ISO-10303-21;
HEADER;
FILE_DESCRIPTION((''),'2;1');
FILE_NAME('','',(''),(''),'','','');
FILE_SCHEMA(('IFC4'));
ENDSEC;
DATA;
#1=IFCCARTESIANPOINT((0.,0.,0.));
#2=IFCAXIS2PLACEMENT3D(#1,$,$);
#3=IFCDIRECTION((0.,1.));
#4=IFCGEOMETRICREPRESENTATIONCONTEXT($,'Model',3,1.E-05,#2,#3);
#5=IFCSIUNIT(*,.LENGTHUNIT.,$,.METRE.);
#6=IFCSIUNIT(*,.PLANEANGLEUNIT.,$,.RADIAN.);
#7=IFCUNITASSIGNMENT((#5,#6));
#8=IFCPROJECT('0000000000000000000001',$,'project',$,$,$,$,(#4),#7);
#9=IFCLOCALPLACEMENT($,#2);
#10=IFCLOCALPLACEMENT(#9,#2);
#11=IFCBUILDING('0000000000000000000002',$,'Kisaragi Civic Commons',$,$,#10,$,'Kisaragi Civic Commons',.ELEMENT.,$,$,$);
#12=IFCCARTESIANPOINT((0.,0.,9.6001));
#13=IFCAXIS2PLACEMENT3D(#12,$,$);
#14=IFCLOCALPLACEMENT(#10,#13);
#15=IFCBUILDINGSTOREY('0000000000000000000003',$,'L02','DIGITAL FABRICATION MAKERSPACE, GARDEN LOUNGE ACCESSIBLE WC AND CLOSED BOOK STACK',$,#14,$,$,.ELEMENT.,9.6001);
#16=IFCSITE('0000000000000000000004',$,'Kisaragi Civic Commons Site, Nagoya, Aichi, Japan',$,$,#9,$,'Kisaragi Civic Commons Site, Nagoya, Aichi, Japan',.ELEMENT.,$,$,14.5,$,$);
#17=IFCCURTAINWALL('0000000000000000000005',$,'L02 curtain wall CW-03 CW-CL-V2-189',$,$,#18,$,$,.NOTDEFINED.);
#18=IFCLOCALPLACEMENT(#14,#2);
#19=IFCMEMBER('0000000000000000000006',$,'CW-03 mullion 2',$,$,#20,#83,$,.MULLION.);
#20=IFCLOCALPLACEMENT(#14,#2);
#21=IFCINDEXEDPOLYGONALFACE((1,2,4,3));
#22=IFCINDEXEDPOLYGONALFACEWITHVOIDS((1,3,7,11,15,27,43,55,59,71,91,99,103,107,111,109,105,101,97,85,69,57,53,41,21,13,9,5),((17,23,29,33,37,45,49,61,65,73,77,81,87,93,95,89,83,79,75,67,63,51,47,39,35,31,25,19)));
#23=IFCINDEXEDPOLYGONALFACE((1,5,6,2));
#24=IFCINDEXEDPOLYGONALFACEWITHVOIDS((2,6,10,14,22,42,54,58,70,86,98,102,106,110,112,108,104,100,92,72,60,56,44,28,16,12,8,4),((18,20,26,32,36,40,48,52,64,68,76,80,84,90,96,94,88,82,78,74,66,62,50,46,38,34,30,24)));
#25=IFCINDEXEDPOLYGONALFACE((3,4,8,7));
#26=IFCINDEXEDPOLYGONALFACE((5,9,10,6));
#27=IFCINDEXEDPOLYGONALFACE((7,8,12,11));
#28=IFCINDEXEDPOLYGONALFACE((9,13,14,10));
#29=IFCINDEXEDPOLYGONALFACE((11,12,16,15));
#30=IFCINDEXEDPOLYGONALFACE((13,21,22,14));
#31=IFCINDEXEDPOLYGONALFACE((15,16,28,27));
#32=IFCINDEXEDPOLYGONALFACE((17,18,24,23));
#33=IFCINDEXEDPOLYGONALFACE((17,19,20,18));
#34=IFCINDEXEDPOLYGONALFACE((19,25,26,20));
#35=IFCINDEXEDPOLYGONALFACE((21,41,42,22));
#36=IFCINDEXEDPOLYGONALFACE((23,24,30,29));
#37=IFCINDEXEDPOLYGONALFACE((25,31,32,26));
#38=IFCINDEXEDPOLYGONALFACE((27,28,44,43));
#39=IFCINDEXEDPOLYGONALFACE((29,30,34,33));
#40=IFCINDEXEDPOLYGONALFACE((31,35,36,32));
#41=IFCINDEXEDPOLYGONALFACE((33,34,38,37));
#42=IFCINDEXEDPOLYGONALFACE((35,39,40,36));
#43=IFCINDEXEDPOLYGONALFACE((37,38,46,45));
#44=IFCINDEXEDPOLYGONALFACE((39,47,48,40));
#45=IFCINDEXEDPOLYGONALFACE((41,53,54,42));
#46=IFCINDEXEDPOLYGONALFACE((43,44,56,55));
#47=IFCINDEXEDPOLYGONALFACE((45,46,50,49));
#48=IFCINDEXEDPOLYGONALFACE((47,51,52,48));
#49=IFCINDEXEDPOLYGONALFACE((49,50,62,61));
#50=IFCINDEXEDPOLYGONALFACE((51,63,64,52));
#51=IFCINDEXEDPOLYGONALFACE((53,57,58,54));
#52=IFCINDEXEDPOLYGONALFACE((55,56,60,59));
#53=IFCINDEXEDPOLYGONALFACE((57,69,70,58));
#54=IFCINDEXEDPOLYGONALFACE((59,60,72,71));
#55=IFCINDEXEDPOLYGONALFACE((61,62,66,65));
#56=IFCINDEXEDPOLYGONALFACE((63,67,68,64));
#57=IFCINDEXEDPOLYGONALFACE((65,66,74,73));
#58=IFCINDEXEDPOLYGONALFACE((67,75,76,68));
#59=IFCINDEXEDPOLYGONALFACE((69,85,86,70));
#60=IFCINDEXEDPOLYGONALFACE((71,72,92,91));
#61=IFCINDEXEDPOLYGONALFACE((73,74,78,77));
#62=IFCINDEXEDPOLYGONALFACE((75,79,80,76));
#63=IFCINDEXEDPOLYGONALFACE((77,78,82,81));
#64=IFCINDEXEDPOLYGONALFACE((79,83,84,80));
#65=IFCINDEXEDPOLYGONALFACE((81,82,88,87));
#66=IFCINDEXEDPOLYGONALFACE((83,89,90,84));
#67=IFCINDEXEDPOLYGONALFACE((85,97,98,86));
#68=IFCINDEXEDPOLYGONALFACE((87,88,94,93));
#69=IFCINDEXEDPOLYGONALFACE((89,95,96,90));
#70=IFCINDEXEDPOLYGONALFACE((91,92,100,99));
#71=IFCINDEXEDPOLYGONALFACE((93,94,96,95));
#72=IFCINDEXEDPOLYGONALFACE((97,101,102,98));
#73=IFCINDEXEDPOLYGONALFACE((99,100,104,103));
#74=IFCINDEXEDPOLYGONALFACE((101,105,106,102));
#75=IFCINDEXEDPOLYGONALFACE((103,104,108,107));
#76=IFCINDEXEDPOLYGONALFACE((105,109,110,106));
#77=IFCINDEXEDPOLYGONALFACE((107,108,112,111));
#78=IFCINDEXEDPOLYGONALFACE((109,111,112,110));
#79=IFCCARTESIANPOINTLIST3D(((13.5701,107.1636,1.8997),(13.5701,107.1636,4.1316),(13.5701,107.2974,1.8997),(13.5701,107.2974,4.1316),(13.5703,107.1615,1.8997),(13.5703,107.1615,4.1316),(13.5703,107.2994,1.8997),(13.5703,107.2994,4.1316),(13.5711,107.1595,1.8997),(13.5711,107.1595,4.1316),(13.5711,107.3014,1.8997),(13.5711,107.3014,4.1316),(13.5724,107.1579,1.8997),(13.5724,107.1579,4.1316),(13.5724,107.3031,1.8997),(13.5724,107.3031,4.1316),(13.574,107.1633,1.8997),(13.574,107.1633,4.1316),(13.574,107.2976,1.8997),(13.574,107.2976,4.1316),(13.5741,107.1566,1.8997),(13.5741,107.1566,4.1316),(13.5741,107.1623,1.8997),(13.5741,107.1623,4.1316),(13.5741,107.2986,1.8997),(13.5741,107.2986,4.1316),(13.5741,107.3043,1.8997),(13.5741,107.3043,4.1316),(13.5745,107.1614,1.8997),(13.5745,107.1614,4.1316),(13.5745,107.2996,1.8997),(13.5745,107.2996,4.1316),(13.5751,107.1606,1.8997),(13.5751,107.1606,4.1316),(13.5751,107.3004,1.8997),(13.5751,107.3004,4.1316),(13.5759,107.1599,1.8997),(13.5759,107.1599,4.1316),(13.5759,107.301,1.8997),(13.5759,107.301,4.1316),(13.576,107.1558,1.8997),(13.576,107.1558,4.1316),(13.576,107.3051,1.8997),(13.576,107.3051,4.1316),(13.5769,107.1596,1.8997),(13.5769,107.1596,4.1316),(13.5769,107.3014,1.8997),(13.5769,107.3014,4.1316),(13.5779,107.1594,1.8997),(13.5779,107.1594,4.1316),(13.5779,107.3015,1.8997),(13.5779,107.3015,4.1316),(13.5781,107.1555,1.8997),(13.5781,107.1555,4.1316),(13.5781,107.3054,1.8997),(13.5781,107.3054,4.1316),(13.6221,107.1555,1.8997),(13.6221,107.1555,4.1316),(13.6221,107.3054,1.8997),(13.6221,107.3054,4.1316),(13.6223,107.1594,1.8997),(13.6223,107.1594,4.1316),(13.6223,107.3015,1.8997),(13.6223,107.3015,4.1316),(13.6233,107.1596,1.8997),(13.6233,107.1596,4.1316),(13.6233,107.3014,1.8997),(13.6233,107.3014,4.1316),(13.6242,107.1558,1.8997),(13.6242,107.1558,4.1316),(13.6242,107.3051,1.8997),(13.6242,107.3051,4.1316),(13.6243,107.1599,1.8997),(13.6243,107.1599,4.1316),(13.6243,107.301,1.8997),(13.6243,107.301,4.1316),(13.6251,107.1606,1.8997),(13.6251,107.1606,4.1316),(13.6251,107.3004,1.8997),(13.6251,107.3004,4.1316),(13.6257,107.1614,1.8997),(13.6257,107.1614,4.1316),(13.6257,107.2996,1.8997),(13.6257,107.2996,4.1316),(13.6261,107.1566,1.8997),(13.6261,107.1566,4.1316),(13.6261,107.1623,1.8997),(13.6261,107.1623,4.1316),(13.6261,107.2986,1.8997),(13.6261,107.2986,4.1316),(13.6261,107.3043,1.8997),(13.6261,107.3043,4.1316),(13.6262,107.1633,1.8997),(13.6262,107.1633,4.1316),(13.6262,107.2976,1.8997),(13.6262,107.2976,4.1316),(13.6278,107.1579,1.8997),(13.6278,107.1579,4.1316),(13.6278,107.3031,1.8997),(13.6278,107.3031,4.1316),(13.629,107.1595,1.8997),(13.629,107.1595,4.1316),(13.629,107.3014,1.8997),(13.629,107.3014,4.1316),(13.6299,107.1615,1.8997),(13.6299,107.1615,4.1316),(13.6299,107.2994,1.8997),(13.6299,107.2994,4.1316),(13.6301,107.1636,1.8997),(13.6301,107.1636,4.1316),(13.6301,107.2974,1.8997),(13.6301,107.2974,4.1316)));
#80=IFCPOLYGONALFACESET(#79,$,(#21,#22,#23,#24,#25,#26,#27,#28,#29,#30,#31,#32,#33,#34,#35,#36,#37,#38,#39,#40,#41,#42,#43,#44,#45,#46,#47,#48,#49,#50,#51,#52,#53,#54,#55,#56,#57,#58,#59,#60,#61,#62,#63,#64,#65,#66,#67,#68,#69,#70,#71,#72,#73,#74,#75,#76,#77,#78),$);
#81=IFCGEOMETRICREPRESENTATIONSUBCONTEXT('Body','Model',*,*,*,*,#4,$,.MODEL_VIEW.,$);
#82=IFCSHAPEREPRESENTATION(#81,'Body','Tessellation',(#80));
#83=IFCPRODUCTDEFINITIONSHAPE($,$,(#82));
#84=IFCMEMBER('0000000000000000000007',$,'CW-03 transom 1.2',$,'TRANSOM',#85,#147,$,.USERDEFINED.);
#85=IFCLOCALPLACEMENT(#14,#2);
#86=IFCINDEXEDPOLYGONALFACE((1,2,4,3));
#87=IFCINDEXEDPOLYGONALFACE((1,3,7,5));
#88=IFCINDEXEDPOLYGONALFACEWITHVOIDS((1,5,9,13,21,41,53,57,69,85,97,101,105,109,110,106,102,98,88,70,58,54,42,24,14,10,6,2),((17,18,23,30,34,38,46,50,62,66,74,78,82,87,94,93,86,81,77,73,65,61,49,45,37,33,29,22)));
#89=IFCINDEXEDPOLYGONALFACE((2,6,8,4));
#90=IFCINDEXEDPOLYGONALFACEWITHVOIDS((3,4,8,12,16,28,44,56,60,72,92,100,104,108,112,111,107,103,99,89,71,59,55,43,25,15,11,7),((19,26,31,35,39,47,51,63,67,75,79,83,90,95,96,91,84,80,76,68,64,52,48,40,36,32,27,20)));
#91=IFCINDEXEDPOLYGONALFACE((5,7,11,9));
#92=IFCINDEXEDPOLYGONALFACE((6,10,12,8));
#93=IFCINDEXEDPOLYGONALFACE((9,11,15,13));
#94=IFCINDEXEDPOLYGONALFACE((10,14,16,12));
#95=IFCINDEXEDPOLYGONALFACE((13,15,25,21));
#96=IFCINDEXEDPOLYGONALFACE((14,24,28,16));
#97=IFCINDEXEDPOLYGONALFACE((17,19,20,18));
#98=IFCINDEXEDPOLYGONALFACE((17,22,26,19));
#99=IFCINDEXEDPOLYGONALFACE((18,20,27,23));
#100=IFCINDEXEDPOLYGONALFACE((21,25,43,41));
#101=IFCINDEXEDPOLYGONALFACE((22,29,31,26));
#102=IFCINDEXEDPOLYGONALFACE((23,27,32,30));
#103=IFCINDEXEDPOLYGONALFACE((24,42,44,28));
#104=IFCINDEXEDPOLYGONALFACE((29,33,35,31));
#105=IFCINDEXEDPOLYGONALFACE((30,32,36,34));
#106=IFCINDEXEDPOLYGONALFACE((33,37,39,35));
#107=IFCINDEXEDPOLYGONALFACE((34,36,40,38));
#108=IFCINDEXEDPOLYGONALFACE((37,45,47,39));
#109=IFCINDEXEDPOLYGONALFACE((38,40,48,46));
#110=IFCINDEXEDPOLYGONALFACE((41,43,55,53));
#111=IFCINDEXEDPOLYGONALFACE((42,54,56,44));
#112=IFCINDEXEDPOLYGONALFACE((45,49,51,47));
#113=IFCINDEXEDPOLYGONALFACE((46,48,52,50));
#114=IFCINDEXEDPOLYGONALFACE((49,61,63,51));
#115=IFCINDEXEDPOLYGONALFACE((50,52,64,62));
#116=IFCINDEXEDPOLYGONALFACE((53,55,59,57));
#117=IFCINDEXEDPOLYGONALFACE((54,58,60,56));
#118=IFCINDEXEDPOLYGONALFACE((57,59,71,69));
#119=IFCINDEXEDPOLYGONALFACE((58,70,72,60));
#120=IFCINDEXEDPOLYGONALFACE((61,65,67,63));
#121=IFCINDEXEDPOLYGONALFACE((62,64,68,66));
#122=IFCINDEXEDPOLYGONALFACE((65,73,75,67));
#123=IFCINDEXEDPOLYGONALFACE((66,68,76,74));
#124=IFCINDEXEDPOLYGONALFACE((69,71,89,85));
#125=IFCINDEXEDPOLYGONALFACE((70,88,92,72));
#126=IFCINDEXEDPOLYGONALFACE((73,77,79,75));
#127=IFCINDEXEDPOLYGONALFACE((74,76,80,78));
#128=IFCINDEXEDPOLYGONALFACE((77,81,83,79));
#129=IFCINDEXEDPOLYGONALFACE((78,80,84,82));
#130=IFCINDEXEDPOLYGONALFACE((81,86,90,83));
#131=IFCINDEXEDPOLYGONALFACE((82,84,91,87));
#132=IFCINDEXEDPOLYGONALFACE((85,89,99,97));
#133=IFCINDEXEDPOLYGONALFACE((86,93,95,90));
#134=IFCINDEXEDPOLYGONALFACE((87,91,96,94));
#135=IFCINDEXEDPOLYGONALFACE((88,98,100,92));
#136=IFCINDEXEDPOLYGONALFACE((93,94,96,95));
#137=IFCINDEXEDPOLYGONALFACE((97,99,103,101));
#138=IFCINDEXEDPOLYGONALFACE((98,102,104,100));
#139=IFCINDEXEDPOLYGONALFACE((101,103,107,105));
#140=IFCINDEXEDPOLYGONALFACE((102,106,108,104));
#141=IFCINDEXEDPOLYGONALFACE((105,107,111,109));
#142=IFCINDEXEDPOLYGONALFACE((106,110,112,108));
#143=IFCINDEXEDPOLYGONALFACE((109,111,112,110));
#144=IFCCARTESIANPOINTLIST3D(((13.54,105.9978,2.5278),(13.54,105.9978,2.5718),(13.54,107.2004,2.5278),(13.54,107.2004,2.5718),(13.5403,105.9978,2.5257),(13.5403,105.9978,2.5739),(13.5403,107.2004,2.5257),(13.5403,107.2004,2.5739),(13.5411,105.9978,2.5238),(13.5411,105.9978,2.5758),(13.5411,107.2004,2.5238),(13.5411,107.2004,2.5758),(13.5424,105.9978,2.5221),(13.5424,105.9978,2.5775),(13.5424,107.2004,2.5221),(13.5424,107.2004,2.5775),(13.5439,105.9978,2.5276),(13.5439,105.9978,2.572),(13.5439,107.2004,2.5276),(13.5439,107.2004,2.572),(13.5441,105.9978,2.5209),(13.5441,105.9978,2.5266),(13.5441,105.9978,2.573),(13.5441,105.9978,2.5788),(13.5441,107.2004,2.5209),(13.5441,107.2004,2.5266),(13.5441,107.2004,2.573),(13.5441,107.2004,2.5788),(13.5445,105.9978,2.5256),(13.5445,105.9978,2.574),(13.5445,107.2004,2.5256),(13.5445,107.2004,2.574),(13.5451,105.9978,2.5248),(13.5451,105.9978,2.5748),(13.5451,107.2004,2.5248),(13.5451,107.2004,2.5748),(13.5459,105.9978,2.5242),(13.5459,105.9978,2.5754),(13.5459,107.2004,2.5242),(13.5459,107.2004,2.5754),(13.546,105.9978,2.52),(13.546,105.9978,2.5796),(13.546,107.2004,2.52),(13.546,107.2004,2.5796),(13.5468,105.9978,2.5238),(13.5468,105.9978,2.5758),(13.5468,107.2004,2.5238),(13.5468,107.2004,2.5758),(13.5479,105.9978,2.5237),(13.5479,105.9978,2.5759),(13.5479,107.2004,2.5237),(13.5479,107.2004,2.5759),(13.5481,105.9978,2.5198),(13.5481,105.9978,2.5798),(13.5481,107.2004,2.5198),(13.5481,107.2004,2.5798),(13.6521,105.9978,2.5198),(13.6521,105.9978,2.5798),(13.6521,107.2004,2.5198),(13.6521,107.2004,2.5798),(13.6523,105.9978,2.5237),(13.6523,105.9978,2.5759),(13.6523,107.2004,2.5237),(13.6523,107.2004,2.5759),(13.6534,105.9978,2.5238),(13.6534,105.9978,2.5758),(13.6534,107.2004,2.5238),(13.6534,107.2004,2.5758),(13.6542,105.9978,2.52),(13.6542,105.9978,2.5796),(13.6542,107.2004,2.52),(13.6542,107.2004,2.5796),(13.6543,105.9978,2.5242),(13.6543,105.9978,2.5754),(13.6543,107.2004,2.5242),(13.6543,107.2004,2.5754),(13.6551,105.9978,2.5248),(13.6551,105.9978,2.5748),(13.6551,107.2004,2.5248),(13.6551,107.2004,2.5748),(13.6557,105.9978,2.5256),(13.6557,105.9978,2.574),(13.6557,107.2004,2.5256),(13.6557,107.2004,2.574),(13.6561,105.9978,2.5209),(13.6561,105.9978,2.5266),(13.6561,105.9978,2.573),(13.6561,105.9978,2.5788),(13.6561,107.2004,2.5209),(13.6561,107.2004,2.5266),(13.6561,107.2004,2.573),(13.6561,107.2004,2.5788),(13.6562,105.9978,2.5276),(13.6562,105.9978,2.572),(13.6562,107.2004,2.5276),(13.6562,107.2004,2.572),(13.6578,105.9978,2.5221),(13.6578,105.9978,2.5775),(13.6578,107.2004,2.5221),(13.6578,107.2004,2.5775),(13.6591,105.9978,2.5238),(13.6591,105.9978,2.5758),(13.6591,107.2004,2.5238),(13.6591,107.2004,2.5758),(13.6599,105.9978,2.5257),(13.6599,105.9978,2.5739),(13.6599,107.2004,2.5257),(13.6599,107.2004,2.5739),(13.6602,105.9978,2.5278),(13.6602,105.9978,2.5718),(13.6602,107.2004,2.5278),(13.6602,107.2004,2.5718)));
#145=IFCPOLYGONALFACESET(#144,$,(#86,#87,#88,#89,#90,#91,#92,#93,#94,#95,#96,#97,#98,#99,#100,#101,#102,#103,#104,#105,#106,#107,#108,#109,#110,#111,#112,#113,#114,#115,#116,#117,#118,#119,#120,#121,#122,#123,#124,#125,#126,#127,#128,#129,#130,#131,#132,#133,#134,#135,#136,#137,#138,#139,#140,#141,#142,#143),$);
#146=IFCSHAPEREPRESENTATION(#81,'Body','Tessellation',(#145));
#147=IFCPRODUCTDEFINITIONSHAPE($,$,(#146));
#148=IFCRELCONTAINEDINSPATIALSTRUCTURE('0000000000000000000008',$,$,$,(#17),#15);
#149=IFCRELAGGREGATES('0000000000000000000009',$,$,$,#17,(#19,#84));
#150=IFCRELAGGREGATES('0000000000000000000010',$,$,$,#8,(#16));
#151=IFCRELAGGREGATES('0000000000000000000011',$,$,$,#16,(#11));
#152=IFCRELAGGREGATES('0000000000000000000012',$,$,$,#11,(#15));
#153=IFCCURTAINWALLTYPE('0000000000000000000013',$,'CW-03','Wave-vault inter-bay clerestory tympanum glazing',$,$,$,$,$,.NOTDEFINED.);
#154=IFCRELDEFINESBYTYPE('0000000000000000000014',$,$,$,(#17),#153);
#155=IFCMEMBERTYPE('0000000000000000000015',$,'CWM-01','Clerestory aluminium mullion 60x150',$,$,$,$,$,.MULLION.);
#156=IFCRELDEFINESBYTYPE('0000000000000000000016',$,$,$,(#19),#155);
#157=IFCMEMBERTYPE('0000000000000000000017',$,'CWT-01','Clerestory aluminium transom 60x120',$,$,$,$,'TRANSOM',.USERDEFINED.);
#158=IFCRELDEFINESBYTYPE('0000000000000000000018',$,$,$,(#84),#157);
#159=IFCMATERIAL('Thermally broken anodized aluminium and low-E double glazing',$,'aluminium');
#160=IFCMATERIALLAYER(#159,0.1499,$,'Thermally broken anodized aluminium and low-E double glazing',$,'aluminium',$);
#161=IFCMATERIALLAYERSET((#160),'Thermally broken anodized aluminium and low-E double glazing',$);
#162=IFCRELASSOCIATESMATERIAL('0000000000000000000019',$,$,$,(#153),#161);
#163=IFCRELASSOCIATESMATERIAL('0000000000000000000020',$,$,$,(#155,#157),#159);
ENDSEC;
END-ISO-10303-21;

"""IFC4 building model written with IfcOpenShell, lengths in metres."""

from ifc_helpers import new_model, si_unit, direction, frame, origin, origin_2d, place, context, subcontext, project, spatial, hollow_rectangle, extrude, material, layer, layer_set, material_profile, profile_set, type_object, element, aggregate, save


model = new_model("IFC4")

# Units and contexts
model_context = context("Model", 3, precision=1e-05, world=origin(), true_north=direction((0.0, 1.0)))
body_context = subcontext(model_context, "Body", "Model", "MODEL_VIEW")
ifc_project = project(units=[si_unit("LENGTHUNIT", "METRE"), si_unit("PLANEANGLEUNIT", "RADIAN")], contexts=[model_context])

# Site, building, storey
site_placement = place(None, origin())
site = spatial("IfcSite", under=ifc_project, at=site_placement, Name="Kisaragi Civic Commons Site, Nagoya, Aichi, Japan", LongName="Kisaragi Civic Commons Site, Nagoya, Aichi, Japan", CompositionType="ELEMENT", RefElevation=14.5)
building_placement = place(site_placement, origin())
building = spatial("IfcBuilding", under=site, at=building_placement, Name="Kisaragi Civic Commons", LongName="Kisaragi Civic Commons", CompositionType="ELEMENT")
storey_placement = place(building_placement, frame((0.0, 0.0, 9.6001)))
storey = spatial("IfcBuildingStorey", under=building, at=storey_placement, Name="L02", Description="DIGITAL FABRICATION MAKERSPACE, GARDEN LOUNGE ACCESSIBLE WC AND CLOSED BOOK STACK", CompositionType="ELEMENT", Elevation=9.6001)

# Curtain wall, members
ifc_material_1 = material(Name="Thermally broken anodized aluminium and low-E double glazing", Category="aluminium")
ifc_layer_1 = layer(ifc_material_1, 0.1499, Name="Thermally broken anodized aluminium and low-E double glazing", Category="aluminium")
ifc_layer_set_1 = layer_set([ifc_layer_1], Name="Thermally broken anodized aluminium and low-E double glazing")
curtain_wall_type = type_object("IfcCurtainWallType", Name="CW-03", Description="Wave-vault inter-bay clerestory tympanum glazing", PredefinedType="NOTDEFINED", material=ifc_layer_set_1)
curtain_wall_placement = place(storey_placement, origin())
curtain_wall = element("IfcCurtainWall", 1, at=curtain_wall_placement, inside=storey, type_object=curtain_wall_type, Name="L02 curtain wall CW-03 CW-CL-V2-189", PredefinedType="NOTDEFINED")
ifc_material_profile_1 = material_profile(ifc_material_1, hollow_rectangle(XDim=0.0601, YDim=0.1499, WallThickness=0.0039, InnerFilletRadius=0.0039, OuterFilletRadius=0.0081, at=origin_2d()), Name="CWM-60x150x4", Category="aluminium")
ifc_profile_set_1 = profile_set([ifc_material_profile_1], Name="Thermally broken anodized aluminium and low-E double glazing")
member_type_1 = type_object("IfcMemberType", Name="CWM-01", Description="Clerestory aluminium mullion 60x150", PredefinedType="MULLION", material=ifc_profile_set_1)
member_1_placement = place(storey_placement, frame((13.6001, 107.2305, 1.8997), z_axis=(0.0, 0.0, 1.0), x_axis=(-1.0, 0.0, 0.0)))
member_1 = element("IfcMember", 2, at=member_1_placement, type_object=member_type_1, Name="CW-03 mullion 2", PredefinedType="MULLION", context=body_context, shape_type="SweptSolid", body=[
    extrude(hollow_rectangle(XDim=0.0601, YDim=0.1499, WallThickness=0.0039, InnerFilletRadius=0.0039, OuterFilletRadius=0.0081, at=origin_2d()), origin(), (0.0, 0.0, 1.0), 2.2319),
])
ifc_material_profile_2 = material_profile(ifc_material_1, hollow_rectangle(XDim=0.1201, YDim=0.0601, WallThickness=0.0039, InnerFilletRadius=0.0039, OuterFilletRadius=0.0081, at=origin_2d()), Name="CWT-60x120x4", Category="aluminium")
ifc_profile_set_2 = profile_set([ifc_material_profile_2], Name="Thermally broken anodized aluminium and low-E double glazing")
member_type_2 = type_object("IfcMemberType", Name="CWT-01", Description="Clerestory aluminium transom 60x120", ElementType="TRANSOM", PredefinedType="USERDEFINED", material=ifc_profile_set_2)
member_2_placement = place(storey_placement, frame((13.6001, 105.9978, 2.5498), z_axis=(0.0, 1.0, 0.0), x_axis=(-1.0, 0.0, 0.0)))
member_2 = element("IfcMember", 3, at=member_2_placement, type_object=member_type_2, Name="CW-03 transom 1.2", ObjectType="TRANSOM", PredefinedType="USERDEFINED", context=body_context, shape_type="SweptSolid", body=[
    extrude(hollow_rectangle(XDim=0.1201, YDim=0.0601, WallThickness=0.0039, InnerFilletRadius=0.0039, OuterFilletRadius=0.0081, at=origin_2d()), origin(), (0.0, 0.0, 1.0), 1.2026),
])

aggregate(curtain_wall, [member_1, member_2])

save(model, "model.ifc")
